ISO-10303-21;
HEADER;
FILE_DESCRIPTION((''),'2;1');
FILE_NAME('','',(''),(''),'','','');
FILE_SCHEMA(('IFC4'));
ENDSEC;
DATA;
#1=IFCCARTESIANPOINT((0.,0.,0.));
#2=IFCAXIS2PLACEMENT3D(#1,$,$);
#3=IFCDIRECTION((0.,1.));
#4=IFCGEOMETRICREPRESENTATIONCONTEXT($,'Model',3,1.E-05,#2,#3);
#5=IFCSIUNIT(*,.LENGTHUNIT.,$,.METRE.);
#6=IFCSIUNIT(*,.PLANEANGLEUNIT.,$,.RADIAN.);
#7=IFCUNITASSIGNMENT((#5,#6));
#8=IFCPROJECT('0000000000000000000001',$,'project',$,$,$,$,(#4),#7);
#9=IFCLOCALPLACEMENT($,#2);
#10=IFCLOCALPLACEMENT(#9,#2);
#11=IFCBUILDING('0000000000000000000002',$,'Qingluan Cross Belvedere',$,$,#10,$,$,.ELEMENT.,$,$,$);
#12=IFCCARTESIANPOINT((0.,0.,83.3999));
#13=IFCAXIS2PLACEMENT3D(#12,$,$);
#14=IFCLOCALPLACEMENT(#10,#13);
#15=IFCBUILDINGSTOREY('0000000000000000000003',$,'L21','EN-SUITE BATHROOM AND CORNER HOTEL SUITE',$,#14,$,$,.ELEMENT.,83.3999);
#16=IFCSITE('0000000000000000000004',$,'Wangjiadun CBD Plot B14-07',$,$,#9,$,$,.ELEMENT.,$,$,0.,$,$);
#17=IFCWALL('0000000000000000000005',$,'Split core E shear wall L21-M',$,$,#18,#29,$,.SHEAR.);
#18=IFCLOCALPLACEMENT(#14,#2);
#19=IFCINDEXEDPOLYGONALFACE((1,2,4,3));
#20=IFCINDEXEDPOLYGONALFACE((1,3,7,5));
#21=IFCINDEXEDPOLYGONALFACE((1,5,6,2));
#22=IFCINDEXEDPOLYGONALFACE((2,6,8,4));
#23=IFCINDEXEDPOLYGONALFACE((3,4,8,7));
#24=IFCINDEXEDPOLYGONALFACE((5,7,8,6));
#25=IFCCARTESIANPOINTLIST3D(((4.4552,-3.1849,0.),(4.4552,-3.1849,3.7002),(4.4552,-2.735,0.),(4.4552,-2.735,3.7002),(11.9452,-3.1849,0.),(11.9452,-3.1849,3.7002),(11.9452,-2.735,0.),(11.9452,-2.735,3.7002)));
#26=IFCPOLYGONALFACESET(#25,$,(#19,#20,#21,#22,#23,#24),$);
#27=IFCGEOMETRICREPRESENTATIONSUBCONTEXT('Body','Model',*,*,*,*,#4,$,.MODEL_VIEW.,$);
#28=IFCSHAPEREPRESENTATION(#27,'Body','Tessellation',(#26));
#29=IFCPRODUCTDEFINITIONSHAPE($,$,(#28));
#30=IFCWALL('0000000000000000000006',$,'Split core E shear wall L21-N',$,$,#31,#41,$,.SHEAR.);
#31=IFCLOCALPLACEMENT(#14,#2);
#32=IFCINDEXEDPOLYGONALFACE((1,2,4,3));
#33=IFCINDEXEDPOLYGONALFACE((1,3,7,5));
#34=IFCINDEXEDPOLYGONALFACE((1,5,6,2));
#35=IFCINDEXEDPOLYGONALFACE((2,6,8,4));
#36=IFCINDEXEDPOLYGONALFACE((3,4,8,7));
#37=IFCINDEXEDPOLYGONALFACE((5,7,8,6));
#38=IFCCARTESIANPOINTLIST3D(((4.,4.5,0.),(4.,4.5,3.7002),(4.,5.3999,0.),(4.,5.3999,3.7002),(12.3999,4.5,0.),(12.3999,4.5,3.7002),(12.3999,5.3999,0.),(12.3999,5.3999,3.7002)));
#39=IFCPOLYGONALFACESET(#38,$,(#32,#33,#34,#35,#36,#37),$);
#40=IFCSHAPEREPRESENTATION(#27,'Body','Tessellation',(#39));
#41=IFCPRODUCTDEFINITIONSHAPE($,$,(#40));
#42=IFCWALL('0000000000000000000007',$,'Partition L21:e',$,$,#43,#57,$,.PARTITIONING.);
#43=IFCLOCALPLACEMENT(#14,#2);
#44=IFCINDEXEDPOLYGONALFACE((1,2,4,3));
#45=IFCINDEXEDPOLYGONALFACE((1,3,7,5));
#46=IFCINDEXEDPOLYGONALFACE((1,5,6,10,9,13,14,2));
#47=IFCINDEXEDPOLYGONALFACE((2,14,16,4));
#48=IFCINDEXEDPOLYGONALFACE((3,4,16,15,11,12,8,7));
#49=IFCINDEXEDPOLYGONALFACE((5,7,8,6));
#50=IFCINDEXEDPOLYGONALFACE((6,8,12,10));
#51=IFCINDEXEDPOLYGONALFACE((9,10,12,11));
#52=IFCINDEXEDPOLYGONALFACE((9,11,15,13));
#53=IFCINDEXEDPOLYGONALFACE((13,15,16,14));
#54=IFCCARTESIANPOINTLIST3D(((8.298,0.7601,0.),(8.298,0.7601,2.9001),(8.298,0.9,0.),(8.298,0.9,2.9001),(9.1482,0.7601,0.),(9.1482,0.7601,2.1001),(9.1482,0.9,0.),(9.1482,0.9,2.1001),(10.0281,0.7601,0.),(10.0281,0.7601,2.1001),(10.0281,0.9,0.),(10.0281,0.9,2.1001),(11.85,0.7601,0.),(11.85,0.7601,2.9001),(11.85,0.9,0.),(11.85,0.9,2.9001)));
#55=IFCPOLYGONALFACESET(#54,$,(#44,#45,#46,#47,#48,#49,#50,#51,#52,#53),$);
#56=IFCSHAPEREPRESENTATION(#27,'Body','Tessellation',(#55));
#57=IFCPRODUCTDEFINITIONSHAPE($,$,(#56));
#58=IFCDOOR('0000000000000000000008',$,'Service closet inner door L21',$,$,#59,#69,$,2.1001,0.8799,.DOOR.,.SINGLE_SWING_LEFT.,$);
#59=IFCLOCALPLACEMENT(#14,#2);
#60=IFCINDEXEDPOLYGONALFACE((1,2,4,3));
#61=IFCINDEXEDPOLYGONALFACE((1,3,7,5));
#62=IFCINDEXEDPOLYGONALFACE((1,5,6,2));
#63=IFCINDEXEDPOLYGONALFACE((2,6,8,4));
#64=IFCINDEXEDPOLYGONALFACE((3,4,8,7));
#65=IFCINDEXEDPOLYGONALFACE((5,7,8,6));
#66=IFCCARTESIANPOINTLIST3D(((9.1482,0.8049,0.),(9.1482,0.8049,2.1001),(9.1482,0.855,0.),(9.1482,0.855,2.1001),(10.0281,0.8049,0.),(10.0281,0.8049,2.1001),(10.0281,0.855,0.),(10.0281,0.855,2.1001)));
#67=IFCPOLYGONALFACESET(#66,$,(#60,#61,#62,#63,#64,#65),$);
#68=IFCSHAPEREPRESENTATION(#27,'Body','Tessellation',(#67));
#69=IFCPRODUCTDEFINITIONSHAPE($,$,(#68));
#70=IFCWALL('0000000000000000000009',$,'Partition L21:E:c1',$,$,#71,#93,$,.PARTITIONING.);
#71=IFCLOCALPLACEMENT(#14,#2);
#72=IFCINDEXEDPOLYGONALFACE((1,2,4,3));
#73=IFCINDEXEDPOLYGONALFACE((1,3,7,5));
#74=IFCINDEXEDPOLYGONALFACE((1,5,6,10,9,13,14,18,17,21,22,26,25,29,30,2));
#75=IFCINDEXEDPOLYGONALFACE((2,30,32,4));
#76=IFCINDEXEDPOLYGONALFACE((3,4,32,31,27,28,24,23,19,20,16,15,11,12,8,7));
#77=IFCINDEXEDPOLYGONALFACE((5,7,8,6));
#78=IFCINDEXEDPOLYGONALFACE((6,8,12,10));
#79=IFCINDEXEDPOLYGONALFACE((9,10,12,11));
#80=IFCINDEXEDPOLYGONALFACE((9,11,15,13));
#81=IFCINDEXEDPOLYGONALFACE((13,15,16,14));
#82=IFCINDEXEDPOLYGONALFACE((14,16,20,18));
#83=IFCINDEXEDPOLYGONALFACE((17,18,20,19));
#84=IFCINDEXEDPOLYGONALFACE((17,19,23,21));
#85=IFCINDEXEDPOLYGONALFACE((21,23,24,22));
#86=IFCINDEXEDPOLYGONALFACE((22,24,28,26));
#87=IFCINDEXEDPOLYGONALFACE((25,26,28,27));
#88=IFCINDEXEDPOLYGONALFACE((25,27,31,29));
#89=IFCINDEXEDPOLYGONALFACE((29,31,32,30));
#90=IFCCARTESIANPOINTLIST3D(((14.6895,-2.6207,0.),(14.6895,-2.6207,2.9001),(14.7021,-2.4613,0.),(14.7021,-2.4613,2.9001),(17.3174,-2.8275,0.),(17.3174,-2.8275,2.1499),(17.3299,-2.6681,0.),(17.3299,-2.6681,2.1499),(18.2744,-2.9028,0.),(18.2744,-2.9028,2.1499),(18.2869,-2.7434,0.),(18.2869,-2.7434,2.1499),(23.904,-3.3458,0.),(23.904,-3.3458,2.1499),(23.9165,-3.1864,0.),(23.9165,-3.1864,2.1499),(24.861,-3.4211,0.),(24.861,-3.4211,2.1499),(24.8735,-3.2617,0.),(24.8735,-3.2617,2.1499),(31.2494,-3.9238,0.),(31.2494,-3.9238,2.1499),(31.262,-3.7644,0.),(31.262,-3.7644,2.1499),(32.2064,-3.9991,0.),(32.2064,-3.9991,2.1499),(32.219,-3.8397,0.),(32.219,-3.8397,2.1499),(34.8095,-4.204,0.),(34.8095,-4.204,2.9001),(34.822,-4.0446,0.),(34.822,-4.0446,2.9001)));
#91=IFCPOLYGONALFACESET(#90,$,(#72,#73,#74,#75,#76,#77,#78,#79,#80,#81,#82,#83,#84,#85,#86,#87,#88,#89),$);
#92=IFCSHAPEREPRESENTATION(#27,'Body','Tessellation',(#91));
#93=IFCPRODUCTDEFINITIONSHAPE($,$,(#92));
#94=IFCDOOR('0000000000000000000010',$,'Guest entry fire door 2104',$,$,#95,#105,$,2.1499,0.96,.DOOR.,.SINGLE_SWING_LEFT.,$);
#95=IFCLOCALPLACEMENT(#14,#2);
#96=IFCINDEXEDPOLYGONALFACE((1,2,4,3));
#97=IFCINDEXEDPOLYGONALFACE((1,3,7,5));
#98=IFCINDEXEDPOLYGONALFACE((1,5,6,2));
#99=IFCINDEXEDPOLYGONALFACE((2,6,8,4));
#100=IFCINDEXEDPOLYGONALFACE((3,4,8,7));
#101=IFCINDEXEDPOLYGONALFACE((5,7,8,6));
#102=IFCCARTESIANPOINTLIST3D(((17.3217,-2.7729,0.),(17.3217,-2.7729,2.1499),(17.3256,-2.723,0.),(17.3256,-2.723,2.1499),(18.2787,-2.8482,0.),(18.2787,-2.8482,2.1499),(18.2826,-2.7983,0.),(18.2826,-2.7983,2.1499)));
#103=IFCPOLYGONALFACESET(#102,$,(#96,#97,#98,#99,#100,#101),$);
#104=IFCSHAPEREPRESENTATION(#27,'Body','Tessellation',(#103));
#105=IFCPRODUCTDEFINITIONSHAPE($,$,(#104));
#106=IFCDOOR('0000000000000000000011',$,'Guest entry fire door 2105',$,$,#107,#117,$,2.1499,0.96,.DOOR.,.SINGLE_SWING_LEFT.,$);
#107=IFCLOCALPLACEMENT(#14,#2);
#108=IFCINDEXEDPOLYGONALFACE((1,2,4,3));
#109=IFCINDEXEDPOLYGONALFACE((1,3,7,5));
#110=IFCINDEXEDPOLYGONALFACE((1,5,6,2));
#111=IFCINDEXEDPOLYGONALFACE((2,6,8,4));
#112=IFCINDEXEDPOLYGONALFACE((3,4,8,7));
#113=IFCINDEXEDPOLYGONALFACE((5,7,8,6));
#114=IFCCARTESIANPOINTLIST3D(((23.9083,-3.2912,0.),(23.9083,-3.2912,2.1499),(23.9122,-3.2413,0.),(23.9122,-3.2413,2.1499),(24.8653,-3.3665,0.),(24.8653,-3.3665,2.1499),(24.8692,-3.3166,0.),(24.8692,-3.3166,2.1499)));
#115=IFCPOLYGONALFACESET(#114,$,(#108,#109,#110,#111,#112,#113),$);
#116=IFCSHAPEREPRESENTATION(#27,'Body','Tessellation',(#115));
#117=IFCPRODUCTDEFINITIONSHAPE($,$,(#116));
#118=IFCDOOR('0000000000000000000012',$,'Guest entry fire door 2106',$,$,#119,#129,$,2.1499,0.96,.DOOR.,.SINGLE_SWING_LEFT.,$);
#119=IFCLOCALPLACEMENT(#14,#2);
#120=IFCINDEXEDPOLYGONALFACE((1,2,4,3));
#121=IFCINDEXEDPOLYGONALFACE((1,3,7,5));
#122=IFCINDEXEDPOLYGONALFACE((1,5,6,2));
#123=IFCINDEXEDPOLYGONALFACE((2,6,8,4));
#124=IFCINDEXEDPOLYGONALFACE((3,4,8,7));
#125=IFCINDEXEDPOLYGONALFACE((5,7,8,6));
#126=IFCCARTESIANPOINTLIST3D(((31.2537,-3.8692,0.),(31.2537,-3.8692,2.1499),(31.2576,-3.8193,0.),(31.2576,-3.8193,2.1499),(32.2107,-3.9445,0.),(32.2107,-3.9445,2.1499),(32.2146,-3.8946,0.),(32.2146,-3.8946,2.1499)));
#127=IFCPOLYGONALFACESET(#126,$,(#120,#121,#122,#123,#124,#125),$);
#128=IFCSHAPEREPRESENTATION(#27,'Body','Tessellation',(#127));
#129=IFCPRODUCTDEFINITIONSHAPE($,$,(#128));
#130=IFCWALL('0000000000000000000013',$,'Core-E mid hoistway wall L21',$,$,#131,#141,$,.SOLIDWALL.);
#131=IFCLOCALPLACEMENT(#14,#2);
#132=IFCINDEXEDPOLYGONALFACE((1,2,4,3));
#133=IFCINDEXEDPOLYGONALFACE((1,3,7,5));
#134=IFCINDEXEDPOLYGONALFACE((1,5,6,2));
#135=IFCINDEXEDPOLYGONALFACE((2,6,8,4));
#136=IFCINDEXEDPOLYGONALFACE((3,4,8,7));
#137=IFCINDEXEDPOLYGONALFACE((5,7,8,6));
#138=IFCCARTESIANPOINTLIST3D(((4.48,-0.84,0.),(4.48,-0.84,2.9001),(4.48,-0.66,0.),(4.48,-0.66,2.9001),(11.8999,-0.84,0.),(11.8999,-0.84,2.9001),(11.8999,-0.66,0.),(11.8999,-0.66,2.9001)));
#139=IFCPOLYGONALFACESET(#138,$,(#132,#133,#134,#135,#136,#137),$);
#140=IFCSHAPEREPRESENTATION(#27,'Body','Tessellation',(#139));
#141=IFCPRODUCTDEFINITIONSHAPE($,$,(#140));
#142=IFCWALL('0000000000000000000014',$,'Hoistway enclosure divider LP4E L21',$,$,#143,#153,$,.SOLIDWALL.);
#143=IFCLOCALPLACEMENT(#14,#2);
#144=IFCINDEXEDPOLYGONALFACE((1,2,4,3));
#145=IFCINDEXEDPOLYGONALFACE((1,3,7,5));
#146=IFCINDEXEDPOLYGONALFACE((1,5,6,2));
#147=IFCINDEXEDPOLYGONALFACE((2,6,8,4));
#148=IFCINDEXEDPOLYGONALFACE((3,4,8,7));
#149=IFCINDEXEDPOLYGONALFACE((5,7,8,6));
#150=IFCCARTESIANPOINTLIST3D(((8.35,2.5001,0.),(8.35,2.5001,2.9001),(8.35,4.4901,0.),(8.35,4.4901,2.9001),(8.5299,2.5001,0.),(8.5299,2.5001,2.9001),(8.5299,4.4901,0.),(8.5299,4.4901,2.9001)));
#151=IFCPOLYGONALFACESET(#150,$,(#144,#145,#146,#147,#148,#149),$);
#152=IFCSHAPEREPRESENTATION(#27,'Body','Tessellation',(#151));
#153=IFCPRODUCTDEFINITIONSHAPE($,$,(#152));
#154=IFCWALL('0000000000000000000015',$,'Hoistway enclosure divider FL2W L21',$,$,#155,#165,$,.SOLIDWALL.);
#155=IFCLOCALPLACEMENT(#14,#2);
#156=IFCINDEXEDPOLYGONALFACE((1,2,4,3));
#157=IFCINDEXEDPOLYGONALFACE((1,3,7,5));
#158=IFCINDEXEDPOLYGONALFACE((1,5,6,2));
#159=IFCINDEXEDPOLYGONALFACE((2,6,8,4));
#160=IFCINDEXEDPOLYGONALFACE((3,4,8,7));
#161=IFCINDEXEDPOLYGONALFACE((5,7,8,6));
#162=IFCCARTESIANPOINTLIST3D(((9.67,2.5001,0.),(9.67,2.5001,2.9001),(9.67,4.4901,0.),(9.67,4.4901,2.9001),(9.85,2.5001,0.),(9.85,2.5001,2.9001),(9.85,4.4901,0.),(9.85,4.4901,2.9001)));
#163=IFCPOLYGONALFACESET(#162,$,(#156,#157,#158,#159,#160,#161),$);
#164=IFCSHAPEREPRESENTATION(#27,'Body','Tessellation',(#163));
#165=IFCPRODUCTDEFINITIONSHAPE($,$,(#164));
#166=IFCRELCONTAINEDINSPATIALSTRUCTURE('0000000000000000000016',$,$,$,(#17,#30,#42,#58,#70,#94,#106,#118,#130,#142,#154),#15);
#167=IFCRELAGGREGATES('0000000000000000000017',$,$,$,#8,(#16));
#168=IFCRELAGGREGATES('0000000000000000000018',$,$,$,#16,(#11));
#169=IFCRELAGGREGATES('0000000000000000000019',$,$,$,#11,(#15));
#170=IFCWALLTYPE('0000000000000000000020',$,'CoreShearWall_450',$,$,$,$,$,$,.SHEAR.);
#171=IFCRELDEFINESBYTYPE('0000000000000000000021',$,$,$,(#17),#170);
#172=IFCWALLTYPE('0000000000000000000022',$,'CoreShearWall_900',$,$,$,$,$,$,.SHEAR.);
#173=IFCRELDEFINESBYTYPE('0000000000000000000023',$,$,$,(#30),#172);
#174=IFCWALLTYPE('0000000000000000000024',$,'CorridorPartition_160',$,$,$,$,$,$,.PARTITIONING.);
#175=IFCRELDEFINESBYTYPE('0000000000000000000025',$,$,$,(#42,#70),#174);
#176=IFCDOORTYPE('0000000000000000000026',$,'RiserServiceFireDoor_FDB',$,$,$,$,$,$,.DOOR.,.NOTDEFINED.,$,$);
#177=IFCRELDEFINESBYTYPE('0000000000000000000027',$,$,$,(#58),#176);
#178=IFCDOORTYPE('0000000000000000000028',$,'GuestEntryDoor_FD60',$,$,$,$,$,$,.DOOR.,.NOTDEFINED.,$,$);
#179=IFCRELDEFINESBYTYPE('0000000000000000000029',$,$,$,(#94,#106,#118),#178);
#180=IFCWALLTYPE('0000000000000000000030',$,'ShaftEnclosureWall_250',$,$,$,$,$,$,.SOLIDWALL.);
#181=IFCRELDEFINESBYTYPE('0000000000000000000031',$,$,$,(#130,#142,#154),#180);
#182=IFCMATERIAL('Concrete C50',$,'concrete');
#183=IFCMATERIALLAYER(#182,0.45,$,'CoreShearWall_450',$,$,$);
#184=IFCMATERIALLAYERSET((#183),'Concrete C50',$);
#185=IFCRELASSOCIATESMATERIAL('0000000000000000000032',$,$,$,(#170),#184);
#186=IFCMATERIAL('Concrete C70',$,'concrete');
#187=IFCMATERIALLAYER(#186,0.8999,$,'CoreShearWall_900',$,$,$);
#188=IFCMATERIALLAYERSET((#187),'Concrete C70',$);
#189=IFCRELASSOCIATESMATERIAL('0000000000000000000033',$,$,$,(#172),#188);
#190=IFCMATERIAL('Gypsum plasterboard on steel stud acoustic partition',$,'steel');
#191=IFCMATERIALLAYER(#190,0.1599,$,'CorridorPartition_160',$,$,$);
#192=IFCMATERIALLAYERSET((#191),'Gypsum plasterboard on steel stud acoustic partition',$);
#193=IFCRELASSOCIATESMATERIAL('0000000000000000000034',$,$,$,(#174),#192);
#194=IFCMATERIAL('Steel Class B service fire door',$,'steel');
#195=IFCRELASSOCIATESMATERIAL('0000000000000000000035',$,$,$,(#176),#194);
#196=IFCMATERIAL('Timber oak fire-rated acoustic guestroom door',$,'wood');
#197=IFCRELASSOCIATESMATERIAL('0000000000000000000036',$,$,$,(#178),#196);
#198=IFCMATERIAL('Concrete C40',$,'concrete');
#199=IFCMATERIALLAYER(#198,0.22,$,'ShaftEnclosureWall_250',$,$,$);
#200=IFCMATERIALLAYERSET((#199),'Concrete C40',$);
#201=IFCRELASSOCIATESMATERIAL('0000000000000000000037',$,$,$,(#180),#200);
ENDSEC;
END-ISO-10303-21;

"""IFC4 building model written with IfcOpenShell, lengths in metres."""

from ifc_helpers import new_model, si_unit, direction, frame, frame_2d, origin, place, context, subcontext, project, spatial, rectangle, extrude, material, layer, layer_set, type_object, element, fill, save


model = new_model("IFC4")

# Units and contexts
model_context = context("Model", 3, precision=1e-05, world=origin(), true_north=direction((0.0, 1.0)))
body_context = subcontext(model_context, "Body", "Model", "MODEL_VIEW")
ifc_project = project(units=[si_unit("LENGTHUNIT", "METRE"), si_unit("PLANEANGLEUNIT", "RADIAN")], contexts=[model_context])

# Site, building, storey
site_placement = place(None, origin())
site = spatial("IfcSite", under=ifc_project, at=site_placement, Name="Wangjiadun CBD Plot B14-07", CompositionType="ELEMENT", RefElevation=0.0)
building_placement = place(site_placement, origin())
building = spatial("IfcBuilding", under=site, at=building_placement, Name="Qingluan Cross Belvedere", CompositionType="ELEMENT")
storey_placement = place(building_placement, frame((0.0, 0.0, 83.3999)))
storey = spatial("IfcBuildingStorey", under=building, at=storey_placement, Name="L21", Description="EN-SUITE BATHROOM AND CORNER HOTEL SUITE", CompositionType="ELEMENT", Elevation=83.3999)

# Walls
ifc_material_1 = material(Name="Concrete C50", Category="concrete")
ifc_layer_1 = layer(ifc_material_1, 0.45, Name="CoreShearWall_450")
ifc_layer_set_1 = layer_set([ifc_layer_1], Name="Concrete C50")
wall_type_1 = type_object("IfcWallType", Name="CoreShearWall_450", PredefinedType="SHEAR", material=ifc_layer_set_1)
wall_1_placement = place(storey_placement, frame((4.4551, -2.96, 0.0), z_axis=(0.0, 0.0, 1.0), x_axis=(1.0, 0.0, 0.0)))
element("IfcWall", 1, at=wall_1_placement, inside=storey, type_object=wall_type_1, Name="Split core E shear wall L21-M", PredefinedType="SHEAR", context=body_context, shape_type="SweptSolid", body=[
    extrude(rectangle(XDim=7.49, YDim=0.45, at=frame_2d((3.7451, 0.0))), origin(), (0.0, 0.0, 1.0), 3.7002),
])
ifc_material_2 = material(Name="Concrete C70", Category="concrete")
ifc_layer_2 = layer(ifc_material_2, 0.8999, Name="CoreShearWall_900")
ifc_layer_set_2 = layer_set([ifc_layer_2], Name="Concrete C70")
wall_type_2 = type_object("IfcWallType", Name="CoreShearWall_900", PredefinedType="SHEAR", material=ifc_layer_set_2)
wall_2_placement = place(storey_placement, frame((4.0, 4.95, 0.0), z_axis=(0.0, 0.0, 1.0), x_axis=(1.0, 0.0, 0.0)))
element("IfcWall", 2, at=wall_2_placement, inside=storey, type_object=wall_type_2, Name="Split core E shear wall L21-N", PredefinedType="SHEAR", context=body_context, shape_type="SweptSolid", body=[
    extrude(rectangle(XDim=8.3999, YDim=0.8999, at=frame_2d((4.2, 0.0))), origin(), (0.0, 0.0, 1.0), 3.7002),
])

# Wall, opening, door
ifc_material_3 = material(Name="Gypsum plasterboard on steel stud acoustic partition", Category="steel")
ifc_layer_3 = layer(ifc_material_3, 0.1599, Name="CorridorPartition_160")
ifc_layer_set_3 = layer_set([ifc_layer_3], Name="Gypsum plasterboard on steel stud acoustic partition")
wall_type_3 = type_object("IfcWallType", Name="CorridorPartition_160", PredefinedType="PARTITIONING", material=ifc_layer_set_3)
wall_3_placement = place(storey_placement, frame((8.2981, 0.8301, 0.0), z_axis=(0.0, 0.0, 1.0), x_axis=(1.0, 0.0, 0.0)))
wall_3 = element("IfcWall", 3, at=wall_3_placement, inside=storey, type_object=wall_type_3, Name="Partition L21:e", PredefinedType="PARTITIONING", context=body_context, shape_type="SweptSolid", body=[
    extrude(rectangle(XDim=3.552, YDim=0.1399, at=frame_2d((1.7759, 0.0))), origin(), (0.0, 0.0, 1.0), 2.9001),
])
opening_1_placement = place(wall_3_placement, frame((0.8501, 0.0, 0.0)))
opening_1 = element("IfcOpeningElement", 4, at=opening_1_placement, cuts=wall_3, PredefinedType="OPENING", context=body_context, shape_type="SweptSolid", body=[
    extrude(rectangle(XDim=0.8799, YDim=2.1001, at=frame_2d((0.4399, 1.05))), frame((0.0, 0.0798, 0.0), z_axis=(0.0, -1.0, 0.0), x_axis=(1.0, 0.0, 0.0)), (0.0, 0.0, 1.0), 0.1599),
])
ifc_material_4 = material(Name="Steel Class B service fire door", Category="steel")
door_type_1 = type_object("IfcDoorType", Name="RiserServiceFireDoor_FDB", OperationType="NOTDEFINED", PredefinedType="DOOR", material=ifc_material_4)
door_1_placement = place(opening_1_placement, origin())
door_1 = element("IfcDoor", 5, at=door_1_placement, inside=storey, type_object=door_type_1, Name="Service closet inner door L21", OperationType="SINGLE_SWING_LEFT", OverallHeight=2.1001, OverallWidth=0.8799, PredefinedType="DOOR", context=body_context, shape_type="SweptSolid", body=[
    extrude(rectangle(XDim=0.8799, YDim=2.1001, at=frame_2d((0.4399, 1.05))), frame((0.0, 0.0249, 0.0), z_axis=(0.0, -1.0, 0.0), x_axis=(1.0, 0.0, 0.0)), (0.0, 0.0, 1.0), 0.05),
])
fill(opening_1, door_1)

# Wall, openings, doors
wall_4_placement = place(storey_placement, frame((14.6958, -2.541, 0.0), z_axis=(0.0, 0.0, 1.0), x_axis=(0.996918, -0.078448, 0.0)))
wall_4 = element("IfcWall", 6, at=wall_4_placement, inside=storey, type_object=wall_type_3, Name="Partition L21:E:c1", PredefinedType="PARTITIONING", context=body_context, shape_type="SweptSolid", body=[
    extrude(rectangle(XDim=20.1821, YDim=0.1599, at=frame_2d((10.0911, 0.0))), origin(), (0.0, 0.0, 1.0), 2.9001),
])
opening_2_placement = place(wall_4_placement, frame((2.636, 0.0, 0.0)))
opening_2 = element("IfcOpeningElement", 7, at=opening_2_placement, cuts=wall_4, PredefinedType="OPENING", context=body_context, shape_type="SweptSolid", body=[
    extrude(rectangle(XDim=0.96, YDim=2.1499, at=frame_2d((0.48, 1.075))), frame((0.0, 0.0898, 0.0), z_axis=(0.0, -1.0, 0.0), x_axis=(1.0, 0.0, 0.0)), (0.0, 0.0, 1.0), 0.1799),
])
opening_3_placement = place(wall_4_placement, frame((9.2429, 0.0, 0.0)))
opening_3 = element("IfcOpeningElement", 8, at=opening_3_placement, cuts=wall_4, PredefinedType="OPENING", context=body_context, shape_type="SweptSolid", body=[
    extrude(rectangle(XDim=0.96, YDim=2.1499, at=frame_2d((0.48, 1.075))), frame((0.0, 0.0898, 0.0), z_axis=(0.0, -1.0, 0.0), x_axis=(1.0, 0.0, 0.0)), (0.0, 0.0, 1.0), 0.1799),
])
opening_4_placement = place(wall_4_placement, frame((16.6111, 0.0, 0.0)))
opening_4 = element("IfcOpeningElement", 9, at=opening_4_placement, cuts=wall_4, PredefinedType="OPENING", context=body_context, shape_type="SweptSolid", body=[
    extrude(rectangle(XDim=0.96, YDim=2.1499, at=frame_2d((0.48, 1.075))), frame((0.0, 0.0898, 0.0), z_axis=(0.0, -1.0, 0.0), x_axis=(1.0, 0.0, 0.0)), (0.0, 0.0, 1.0), 0.1799),
])
ifc_material_5 = material(Name="Timber oak fire-rated acoustic guestroom door", Category="wood")
door_type_2 = type_object("IfcDoorType", Name="GuestEntryDoor_FD60", OperationType="NOTDEFINED", PredefinedType="DOOR", material=ifc_material_5)
door_2_placement = place(opening_2_placement, origin())
door_2 = element("IfcDoor", 10, at=door_2_placement, inside=storey, type_object=door_type_2, Name="Guest entry fire door 2104", OperationType="SINGLE_SWING_LEFT", OverallHeight=2.1499, OverallWidth=0.96, PredefinedType="DOOR", context=body_context, shape_type="SweptSolid", body=[
    extrude(rectangle(XDim=0.96, YDim=2.1499, at=frame_2d((0.48, 1.075))), frame((0.0, 0.0249, 0.0), z_axis=(0.0, -1.0, 0.0), x_axis=(1.0, 0.0, 0.0)), (0.0, 0.0, 1.0), 0.05),
])
fill(opening_2, door_2)
door_3_placement = place(opening_3_placement, origin())
door_3 = element("IfcDoor", 11, at=door_3_placement, inside=storey, type_object=door_type_2, Name="Guest entry fire door 2105", OperationType="SINGLE_SWING_LEFT", OverallHeight=2.1499, OverallWidth=0.96, PredefinedType="DOOR", context=body_context, shape_type="SweptSolid", body=[
    extrude(rectangle(XDim=0.96, YDim=2.1499, at=frame_2d((0.48, 1.075))), frame((0.0, 0.0249, 0.0), z_axis=(0.0, -1.0, 0.0), x_axis=(1.0, 0.0, 0.0)), (0.0, 0.0, 1.0), 0.05),
])
fill(opening_3, door_3)
door_4_placement = place(opening_4_placement, origin())
door_4 = element("IfcDoor", 12, at=door_4_placement, inside=storey, type_object=door_type_2, Name="Guest entry fire door 2106", OperationType="SINGLE_SWING_LEFT", OverallHeight=2.1499, OverallWidth=0.96, PredefinedType="DOOR", context=body_context, shape_type="SweptSolid", body=[
    extrude(rectangle(XDim=0.96, YDim=2.1499, at=frame_2d((0.48, 1.075))), frame((0.0, 0.0249, 0.0), z_axis=(0.0, -1.0, 0.0), x_axis=(1.0, 0.0, 0.0)), (0.0, 0.0, 1.0), 0.05),
])
fill(opening_4, door_4)
ifc_material_6 = material(Name="Concrete C40", Category="concrete")
ifc_layer_4 = layer(ifc_material_6, 0.22, Name="ShaftEnclosureWall_250")
ifc_layer_set_4 = layer_set([ifc_layer_4], Name="Concrete C40")
wall_type_4 = type_object("IfcWallType", Name="ShaftEnclosureWall_250", PredefinedType="SOLIDWALL", material=ifc_layer_set_4)

# Walls
wall_5_placement = place(storey_placement, frame((4.48, -0.75, 0.0), z_axis=(0.0, 0.0, 1.0), x_axis=(1.0, 0.0, 0.0)))
element("IfcWall", 13, at=wall_5_placement, inside=storey, type_object=wall_type_4, Name="Core-E mid hoistway wall L21", PredefinedType="SOLIDWALL", context=body_context, shape_type="SweptSolid", body=[
    extrude(rectangle(XDim=7.4199, YDim=0.1799, at=frame_2d((3.71, 0.0))), origin(), (0.0, 0.0, 1.0), 2.9001),
])
for number, where, z_axis, x_axis, name in (
    (14, (8.4399, 2.5, 0.0), (0.0, 0.0, 1.0), (0.0, 1.0, 0.0), "Hoistway enclosure divider LP4E L21"),
    (15, (9.76, 2.5, 0.0), (0.0, 0.0, 1.0), (0.0, 1.0, 0.0), "Hoistway enclosure divider FL2W L21"),
):
    element("IfcWall", number, at=place(storey_placement, frame(where, z_axis=z_axis, x_axis=x_axis)), inside=storey, type_object=wall_type_4, Name=name, PredefinedType="SOLIDWALL", context=body_context, shape_type="SweptSolid", body=[
        extrude(rectangle(XDim=1.99, YDim=0.1799, at=frame_2d((0.9951, 0.0))), origin(), (0.0, 0.0, 1.0), 2.9001),
    ])

save(model, "model.ifc")
